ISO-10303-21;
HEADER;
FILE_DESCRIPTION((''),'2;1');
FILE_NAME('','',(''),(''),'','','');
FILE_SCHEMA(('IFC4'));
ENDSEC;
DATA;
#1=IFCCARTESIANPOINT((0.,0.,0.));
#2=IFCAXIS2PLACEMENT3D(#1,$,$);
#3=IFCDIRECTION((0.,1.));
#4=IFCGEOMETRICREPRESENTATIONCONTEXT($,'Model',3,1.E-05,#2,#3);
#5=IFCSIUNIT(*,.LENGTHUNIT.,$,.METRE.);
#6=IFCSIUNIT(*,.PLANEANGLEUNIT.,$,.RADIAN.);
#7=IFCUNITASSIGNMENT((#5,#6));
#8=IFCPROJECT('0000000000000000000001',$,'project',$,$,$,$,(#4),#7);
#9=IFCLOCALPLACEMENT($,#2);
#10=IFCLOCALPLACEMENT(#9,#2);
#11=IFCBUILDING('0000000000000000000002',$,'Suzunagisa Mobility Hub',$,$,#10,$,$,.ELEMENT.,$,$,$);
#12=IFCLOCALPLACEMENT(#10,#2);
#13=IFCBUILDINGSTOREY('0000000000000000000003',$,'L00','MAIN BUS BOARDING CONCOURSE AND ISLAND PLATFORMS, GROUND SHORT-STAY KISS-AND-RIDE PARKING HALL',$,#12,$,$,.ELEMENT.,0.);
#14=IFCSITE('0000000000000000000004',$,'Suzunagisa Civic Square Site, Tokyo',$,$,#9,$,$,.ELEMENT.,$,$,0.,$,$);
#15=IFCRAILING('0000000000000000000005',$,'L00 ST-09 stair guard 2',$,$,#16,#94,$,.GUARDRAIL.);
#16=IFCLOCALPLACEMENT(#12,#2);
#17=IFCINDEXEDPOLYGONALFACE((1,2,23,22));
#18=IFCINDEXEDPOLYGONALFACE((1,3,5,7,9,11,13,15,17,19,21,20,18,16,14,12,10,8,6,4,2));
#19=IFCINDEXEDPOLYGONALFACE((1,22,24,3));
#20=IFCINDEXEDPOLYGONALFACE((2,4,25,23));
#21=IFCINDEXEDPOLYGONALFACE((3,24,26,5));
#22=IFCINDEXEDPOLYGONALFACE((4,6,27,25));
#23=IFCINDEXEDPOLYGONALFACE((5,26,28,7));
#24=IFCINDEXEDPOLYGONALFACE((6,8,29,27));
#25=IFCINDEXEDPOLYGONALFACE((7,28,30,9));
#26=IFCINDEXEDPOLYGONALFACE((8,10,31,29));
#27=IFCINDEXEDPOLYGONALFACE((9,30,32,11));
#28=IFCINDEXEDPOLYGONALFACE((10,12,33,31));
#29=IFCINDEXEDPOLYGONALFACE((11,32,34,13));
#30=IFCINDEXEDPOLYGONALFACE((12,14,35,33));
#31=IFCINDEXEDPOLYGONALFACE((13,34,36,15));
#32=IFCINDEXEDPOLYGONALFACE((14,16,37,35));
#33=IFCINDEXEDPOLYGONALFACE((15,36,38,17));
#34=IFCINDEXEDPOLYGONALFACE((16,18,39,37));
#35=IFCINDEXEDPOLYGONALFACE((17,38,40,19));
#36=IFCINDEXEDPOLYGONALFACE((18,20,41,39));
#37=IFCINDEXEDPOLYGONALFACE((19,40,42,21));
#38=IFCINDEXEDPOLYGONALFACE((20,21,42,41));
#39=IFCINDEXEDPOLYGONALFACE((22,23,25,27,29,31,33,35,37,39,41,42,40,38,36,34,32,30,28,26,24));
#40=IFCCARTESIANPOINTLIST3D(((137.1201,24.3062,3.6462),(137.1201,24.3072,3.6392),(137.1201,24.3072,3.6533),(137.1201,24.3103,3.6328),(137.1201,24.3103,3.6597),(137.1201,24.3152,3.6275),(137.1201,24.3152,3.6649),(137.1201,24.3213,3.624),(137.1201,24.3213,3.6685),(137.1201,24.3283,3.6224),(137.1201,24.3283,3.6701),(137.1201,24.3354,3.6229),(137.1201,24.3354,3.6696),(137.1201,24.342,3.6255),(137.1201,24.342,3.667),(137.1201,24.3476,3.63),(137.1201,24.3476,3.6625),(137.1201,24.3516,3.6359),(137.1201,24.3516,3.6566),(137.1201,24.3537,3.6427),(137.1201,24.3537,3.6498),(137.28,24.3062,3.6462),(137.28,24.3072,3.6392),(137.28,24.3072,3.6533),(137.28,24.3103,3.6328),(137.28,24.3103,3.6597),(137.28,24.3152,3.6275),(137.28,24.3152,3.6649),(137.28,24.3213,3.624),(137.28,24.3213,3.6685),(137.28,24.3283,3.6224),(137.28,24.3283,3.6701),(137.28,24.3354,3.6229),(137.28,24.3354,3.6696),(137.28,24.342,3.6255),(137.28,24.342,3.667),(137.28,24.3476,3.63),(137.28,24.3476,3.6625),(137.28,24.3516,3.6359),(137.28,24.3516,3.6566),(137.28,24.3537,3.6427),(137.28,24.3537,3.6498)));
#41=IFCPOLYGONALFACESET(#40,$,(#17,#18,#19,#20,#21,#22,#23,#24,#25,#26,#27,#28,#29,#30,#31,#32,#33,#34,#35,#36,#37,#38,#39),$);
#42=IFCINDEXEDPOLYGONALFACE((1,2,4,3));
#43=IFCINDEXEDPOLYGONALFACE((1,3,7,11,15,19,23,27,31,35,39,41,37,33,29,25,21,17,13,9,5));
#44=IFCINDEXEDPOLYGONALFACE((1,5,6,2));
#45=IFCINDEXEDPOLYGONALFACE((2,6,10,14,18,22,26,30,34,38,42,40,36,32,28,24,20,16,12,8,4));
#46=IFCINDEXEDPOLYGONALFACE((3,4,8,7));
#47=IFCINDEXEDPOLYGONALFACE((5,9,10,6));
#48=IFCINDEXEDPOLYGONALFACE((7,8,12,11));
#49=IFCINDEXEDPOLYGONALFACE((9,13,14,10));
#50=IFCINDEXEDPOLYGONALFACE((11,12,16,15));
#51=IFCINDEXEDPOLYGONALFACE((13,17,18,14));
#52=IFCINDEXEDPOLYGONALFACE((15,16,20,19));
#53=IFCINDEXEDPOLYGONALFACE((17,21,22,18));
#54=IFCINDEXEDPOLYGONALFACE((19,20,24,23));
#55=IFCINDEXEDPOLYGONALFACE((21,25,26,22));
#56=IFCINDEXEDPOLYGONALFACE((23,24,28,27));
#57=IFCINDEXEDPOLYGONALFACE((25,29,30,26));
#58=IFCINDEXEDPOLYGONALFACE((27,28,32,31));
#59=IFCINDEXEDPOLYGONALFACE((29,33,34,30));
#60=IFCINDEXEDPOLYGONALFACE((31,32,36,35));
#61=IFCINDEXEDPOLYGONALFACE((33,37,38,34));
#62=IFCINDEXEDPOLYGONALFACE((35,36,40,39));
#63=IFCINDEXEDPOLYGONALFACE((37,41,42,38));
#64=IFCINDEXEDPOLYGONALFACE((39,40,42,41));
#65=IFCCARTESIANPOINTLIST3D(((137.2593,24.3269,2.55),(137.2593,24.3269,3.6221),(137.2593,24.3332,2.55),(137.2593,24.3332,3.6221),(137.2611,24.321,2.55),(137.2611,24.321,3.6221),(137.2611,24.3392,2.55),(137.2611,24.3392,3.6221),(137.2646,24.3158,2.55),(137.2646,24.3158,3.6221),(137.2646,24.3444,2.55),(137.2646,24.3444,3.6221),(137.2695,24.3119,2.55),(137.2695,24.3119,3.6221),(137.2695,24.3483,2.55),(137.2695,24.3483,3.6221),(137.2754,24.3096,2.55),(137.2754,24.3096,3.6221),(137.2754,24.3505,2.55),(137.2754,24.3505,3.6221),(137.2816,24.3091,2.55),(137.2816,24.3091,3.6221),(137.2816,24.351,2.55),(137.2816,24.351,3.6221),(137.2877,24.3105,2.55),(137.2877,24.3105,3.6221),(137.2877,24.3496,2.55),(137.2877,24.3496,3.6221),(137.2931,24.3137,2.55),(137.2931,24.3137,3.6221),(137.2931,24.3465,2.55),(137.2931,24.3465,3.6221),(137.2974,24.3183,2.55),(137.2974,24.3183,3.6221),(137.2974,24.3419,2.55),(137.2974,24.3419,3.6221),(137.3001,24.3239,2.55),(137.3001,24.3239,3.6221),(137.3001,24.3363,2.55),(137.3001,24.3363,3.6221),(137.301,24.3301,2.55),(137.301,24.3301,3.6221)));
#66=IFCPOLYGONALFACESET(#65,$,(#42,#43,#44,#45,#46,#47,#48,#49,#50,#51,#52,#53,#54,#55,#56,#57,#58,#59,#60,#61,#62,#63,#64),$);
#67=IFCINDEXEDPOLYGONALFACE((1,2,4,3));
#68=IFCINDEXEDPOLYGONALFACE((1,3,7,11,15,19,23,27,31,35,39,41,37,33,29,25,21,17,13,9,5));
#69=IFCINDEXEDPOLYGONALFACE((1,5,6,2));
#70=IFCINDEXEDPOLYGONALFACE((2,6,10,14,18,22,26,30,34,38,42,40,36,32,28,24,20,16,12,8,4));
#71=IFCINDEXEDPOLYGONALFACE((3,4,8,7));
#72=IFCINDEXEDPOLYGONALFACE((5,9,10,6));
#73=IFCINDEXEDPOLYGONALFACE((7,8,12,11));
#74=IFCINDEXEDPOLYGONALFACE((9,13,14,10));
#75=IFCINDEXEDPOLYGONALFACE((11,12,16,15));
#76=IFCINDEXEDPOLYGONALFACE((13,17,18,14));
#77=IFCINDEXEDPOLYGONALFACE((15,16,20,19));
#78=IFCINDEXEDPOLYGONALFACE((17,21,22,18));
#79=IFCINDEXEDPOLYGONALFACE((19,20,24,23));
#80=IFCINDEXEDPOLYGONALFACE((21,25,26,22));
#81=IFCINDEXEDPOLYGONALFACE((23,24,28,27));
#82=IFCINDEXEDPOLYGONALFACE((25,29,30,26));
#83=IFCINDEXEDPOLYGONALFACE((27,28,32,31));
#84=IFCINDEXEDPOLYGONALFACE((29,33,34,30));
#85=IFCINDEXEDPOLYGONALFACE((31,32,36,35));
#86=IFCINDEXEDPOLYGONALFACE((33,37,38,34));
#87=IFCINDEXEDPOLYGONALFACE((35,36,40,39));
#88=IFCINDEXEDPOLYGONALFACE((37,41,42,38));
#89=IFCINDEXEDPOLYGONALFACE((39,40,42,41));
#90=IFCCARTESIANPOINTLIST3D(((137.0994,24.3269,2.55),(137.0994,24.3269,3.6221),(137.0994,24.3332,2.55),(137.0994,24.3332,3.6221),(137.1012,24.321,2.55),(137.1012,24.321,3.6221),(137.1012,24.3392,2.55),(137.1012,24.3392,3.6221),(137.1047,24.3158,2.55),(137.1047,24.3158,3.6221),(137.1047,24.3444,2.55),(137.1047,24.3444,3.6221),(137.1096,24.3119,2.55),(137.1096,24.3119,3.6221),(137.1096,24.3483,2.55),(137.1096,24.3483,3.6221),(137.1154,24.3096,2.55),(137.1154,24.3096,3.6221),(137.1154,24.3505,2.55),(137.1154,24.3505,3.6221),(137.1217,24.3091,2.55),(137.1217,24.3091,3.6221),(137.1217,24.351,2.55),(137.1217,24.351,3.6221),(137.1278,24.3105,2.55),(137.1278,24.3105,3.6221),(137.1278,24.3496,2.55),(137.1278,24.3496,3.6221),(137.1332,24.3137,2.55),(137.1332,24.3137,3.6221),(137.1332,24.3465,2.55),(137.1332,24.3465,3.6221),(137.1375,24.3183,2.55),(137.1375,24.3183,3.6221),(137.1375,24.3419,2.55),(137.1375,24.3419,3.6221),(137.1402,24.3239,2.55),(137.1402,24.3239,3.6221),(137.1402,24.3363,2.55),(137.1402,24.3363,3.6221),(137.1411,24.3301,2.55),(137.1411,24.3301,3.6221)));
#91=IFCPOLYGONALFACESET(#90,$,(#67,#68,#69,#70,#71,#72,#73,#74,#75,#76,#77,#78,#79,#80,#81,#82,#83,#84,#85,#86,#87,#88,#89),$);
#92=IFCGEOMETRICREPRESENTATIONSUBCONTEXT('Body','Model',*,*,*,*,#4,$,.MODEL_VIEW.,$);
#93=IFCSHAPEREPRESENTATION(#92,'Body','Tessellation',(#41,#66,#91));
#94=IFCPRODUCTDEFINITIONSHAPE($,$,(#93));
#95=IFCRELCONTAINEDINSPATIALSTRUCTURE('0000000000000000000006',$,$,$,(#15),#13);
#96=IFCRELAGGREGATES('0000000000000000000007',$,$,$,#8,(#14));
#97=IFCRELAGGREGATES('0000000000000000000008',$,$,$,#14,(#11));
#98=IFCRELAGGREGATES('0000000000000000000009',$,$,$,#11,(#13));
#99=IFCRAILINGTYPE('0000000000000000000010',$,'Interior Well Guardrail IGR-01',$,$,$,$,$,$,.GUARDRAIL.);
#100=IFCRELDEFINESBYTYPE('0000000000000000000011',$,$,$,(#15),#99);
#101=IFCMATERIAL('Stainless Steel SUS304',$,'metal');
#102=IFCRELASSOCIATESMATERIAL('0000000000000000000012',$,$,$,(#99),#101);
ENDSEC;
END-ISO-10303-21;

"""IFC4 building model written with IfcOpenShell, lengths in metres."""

from ifc_helpers import new_model, si_unit, direction, frame, origin, origin_2d, place, context, subcontext, project, spatial, circle, extrude, material, type_object, element, save


model = new_model("IFC4")

# Units and contexts
model_context = context("Model", 3, precision=1e-05, world=origin(), true_north=direction((0.0, 1.0)))
body_context = subcontext(model_context, "Body", "Model", "MODEL_VIEW")
ifc_project = project(units=[si_unit("LENGTHUNIT", "METRE"), si_unit("PLANEANGLEUNIT", "RADIAN")], contexts=[model_context])

# Site, building, storey
site_placement = place(None, origin())
site = spatial("IfcSite", under=ifc_project, at=site_placement, Name="Suzunagisa Civic Square Site, Tokyo", CompositionType="ELEMENT", RefElevation=0.0)
building_placement = place(site_placement, origin())
building = spatial("IfcBuilding", under=site, at=building_placement, Name="Suzunagisa Mobility Hub", CompositionType="ELEMENT")
storey_placement = place(building_placement, origin())
storey = spatial("IfcBuildingStorey", under=building, at=storey_placement, Name="L00", Description="MAIN BUS BOARDING CONCOURSE AND ISLAND PLATFORMS, GROUND SHORT-STAY KISS-AND-RIDE PARKING HALL", CompositionType="ELEMENT", Elevation=0.0)

# Railing
ifc_material_1 = material(Name="Stainless Steel SUS304", Category="metal")
railing_type_1 = type_object("IfcRailingType", Name="Interior Well Guardrail IGR-01", PredefinedType="GUARDRAIL", material=ifc_material_1)
railing_1_placement = place(storey_placement, frame((137.28, 24.3301, 2.55)))
element("IfcRailing", 1, at=railing_1_placement, inside=storey, type_object=railing_type_1, Name="L00 ST-09 stair guard 2", PredefinedType="GUARDRAIL", context=body_context, shape_type="SweptSolid", body=[
    extrude(circle(Radius=0.0239, at=origin_2d()), frame((0.0, 0.0, 1.0962), z_axis=(-1.0, 0.0, 0.0), x_axis=(0.0, -1.0, 0.0)), (0.0, 0.0, 1.0), 0.1599),
    extrude(circle(Radius=0.021, at=origin_2d()), origin(), (0.0, 0.0, 1.0), 1.072),
    extrude(circle(Radius=0.021, at=origin_2d()), frame((-0.1599, 0.0, 0.0)), (0.0, 0.0, 1.0), 1.072),
])

save(model, "model.ifc")
